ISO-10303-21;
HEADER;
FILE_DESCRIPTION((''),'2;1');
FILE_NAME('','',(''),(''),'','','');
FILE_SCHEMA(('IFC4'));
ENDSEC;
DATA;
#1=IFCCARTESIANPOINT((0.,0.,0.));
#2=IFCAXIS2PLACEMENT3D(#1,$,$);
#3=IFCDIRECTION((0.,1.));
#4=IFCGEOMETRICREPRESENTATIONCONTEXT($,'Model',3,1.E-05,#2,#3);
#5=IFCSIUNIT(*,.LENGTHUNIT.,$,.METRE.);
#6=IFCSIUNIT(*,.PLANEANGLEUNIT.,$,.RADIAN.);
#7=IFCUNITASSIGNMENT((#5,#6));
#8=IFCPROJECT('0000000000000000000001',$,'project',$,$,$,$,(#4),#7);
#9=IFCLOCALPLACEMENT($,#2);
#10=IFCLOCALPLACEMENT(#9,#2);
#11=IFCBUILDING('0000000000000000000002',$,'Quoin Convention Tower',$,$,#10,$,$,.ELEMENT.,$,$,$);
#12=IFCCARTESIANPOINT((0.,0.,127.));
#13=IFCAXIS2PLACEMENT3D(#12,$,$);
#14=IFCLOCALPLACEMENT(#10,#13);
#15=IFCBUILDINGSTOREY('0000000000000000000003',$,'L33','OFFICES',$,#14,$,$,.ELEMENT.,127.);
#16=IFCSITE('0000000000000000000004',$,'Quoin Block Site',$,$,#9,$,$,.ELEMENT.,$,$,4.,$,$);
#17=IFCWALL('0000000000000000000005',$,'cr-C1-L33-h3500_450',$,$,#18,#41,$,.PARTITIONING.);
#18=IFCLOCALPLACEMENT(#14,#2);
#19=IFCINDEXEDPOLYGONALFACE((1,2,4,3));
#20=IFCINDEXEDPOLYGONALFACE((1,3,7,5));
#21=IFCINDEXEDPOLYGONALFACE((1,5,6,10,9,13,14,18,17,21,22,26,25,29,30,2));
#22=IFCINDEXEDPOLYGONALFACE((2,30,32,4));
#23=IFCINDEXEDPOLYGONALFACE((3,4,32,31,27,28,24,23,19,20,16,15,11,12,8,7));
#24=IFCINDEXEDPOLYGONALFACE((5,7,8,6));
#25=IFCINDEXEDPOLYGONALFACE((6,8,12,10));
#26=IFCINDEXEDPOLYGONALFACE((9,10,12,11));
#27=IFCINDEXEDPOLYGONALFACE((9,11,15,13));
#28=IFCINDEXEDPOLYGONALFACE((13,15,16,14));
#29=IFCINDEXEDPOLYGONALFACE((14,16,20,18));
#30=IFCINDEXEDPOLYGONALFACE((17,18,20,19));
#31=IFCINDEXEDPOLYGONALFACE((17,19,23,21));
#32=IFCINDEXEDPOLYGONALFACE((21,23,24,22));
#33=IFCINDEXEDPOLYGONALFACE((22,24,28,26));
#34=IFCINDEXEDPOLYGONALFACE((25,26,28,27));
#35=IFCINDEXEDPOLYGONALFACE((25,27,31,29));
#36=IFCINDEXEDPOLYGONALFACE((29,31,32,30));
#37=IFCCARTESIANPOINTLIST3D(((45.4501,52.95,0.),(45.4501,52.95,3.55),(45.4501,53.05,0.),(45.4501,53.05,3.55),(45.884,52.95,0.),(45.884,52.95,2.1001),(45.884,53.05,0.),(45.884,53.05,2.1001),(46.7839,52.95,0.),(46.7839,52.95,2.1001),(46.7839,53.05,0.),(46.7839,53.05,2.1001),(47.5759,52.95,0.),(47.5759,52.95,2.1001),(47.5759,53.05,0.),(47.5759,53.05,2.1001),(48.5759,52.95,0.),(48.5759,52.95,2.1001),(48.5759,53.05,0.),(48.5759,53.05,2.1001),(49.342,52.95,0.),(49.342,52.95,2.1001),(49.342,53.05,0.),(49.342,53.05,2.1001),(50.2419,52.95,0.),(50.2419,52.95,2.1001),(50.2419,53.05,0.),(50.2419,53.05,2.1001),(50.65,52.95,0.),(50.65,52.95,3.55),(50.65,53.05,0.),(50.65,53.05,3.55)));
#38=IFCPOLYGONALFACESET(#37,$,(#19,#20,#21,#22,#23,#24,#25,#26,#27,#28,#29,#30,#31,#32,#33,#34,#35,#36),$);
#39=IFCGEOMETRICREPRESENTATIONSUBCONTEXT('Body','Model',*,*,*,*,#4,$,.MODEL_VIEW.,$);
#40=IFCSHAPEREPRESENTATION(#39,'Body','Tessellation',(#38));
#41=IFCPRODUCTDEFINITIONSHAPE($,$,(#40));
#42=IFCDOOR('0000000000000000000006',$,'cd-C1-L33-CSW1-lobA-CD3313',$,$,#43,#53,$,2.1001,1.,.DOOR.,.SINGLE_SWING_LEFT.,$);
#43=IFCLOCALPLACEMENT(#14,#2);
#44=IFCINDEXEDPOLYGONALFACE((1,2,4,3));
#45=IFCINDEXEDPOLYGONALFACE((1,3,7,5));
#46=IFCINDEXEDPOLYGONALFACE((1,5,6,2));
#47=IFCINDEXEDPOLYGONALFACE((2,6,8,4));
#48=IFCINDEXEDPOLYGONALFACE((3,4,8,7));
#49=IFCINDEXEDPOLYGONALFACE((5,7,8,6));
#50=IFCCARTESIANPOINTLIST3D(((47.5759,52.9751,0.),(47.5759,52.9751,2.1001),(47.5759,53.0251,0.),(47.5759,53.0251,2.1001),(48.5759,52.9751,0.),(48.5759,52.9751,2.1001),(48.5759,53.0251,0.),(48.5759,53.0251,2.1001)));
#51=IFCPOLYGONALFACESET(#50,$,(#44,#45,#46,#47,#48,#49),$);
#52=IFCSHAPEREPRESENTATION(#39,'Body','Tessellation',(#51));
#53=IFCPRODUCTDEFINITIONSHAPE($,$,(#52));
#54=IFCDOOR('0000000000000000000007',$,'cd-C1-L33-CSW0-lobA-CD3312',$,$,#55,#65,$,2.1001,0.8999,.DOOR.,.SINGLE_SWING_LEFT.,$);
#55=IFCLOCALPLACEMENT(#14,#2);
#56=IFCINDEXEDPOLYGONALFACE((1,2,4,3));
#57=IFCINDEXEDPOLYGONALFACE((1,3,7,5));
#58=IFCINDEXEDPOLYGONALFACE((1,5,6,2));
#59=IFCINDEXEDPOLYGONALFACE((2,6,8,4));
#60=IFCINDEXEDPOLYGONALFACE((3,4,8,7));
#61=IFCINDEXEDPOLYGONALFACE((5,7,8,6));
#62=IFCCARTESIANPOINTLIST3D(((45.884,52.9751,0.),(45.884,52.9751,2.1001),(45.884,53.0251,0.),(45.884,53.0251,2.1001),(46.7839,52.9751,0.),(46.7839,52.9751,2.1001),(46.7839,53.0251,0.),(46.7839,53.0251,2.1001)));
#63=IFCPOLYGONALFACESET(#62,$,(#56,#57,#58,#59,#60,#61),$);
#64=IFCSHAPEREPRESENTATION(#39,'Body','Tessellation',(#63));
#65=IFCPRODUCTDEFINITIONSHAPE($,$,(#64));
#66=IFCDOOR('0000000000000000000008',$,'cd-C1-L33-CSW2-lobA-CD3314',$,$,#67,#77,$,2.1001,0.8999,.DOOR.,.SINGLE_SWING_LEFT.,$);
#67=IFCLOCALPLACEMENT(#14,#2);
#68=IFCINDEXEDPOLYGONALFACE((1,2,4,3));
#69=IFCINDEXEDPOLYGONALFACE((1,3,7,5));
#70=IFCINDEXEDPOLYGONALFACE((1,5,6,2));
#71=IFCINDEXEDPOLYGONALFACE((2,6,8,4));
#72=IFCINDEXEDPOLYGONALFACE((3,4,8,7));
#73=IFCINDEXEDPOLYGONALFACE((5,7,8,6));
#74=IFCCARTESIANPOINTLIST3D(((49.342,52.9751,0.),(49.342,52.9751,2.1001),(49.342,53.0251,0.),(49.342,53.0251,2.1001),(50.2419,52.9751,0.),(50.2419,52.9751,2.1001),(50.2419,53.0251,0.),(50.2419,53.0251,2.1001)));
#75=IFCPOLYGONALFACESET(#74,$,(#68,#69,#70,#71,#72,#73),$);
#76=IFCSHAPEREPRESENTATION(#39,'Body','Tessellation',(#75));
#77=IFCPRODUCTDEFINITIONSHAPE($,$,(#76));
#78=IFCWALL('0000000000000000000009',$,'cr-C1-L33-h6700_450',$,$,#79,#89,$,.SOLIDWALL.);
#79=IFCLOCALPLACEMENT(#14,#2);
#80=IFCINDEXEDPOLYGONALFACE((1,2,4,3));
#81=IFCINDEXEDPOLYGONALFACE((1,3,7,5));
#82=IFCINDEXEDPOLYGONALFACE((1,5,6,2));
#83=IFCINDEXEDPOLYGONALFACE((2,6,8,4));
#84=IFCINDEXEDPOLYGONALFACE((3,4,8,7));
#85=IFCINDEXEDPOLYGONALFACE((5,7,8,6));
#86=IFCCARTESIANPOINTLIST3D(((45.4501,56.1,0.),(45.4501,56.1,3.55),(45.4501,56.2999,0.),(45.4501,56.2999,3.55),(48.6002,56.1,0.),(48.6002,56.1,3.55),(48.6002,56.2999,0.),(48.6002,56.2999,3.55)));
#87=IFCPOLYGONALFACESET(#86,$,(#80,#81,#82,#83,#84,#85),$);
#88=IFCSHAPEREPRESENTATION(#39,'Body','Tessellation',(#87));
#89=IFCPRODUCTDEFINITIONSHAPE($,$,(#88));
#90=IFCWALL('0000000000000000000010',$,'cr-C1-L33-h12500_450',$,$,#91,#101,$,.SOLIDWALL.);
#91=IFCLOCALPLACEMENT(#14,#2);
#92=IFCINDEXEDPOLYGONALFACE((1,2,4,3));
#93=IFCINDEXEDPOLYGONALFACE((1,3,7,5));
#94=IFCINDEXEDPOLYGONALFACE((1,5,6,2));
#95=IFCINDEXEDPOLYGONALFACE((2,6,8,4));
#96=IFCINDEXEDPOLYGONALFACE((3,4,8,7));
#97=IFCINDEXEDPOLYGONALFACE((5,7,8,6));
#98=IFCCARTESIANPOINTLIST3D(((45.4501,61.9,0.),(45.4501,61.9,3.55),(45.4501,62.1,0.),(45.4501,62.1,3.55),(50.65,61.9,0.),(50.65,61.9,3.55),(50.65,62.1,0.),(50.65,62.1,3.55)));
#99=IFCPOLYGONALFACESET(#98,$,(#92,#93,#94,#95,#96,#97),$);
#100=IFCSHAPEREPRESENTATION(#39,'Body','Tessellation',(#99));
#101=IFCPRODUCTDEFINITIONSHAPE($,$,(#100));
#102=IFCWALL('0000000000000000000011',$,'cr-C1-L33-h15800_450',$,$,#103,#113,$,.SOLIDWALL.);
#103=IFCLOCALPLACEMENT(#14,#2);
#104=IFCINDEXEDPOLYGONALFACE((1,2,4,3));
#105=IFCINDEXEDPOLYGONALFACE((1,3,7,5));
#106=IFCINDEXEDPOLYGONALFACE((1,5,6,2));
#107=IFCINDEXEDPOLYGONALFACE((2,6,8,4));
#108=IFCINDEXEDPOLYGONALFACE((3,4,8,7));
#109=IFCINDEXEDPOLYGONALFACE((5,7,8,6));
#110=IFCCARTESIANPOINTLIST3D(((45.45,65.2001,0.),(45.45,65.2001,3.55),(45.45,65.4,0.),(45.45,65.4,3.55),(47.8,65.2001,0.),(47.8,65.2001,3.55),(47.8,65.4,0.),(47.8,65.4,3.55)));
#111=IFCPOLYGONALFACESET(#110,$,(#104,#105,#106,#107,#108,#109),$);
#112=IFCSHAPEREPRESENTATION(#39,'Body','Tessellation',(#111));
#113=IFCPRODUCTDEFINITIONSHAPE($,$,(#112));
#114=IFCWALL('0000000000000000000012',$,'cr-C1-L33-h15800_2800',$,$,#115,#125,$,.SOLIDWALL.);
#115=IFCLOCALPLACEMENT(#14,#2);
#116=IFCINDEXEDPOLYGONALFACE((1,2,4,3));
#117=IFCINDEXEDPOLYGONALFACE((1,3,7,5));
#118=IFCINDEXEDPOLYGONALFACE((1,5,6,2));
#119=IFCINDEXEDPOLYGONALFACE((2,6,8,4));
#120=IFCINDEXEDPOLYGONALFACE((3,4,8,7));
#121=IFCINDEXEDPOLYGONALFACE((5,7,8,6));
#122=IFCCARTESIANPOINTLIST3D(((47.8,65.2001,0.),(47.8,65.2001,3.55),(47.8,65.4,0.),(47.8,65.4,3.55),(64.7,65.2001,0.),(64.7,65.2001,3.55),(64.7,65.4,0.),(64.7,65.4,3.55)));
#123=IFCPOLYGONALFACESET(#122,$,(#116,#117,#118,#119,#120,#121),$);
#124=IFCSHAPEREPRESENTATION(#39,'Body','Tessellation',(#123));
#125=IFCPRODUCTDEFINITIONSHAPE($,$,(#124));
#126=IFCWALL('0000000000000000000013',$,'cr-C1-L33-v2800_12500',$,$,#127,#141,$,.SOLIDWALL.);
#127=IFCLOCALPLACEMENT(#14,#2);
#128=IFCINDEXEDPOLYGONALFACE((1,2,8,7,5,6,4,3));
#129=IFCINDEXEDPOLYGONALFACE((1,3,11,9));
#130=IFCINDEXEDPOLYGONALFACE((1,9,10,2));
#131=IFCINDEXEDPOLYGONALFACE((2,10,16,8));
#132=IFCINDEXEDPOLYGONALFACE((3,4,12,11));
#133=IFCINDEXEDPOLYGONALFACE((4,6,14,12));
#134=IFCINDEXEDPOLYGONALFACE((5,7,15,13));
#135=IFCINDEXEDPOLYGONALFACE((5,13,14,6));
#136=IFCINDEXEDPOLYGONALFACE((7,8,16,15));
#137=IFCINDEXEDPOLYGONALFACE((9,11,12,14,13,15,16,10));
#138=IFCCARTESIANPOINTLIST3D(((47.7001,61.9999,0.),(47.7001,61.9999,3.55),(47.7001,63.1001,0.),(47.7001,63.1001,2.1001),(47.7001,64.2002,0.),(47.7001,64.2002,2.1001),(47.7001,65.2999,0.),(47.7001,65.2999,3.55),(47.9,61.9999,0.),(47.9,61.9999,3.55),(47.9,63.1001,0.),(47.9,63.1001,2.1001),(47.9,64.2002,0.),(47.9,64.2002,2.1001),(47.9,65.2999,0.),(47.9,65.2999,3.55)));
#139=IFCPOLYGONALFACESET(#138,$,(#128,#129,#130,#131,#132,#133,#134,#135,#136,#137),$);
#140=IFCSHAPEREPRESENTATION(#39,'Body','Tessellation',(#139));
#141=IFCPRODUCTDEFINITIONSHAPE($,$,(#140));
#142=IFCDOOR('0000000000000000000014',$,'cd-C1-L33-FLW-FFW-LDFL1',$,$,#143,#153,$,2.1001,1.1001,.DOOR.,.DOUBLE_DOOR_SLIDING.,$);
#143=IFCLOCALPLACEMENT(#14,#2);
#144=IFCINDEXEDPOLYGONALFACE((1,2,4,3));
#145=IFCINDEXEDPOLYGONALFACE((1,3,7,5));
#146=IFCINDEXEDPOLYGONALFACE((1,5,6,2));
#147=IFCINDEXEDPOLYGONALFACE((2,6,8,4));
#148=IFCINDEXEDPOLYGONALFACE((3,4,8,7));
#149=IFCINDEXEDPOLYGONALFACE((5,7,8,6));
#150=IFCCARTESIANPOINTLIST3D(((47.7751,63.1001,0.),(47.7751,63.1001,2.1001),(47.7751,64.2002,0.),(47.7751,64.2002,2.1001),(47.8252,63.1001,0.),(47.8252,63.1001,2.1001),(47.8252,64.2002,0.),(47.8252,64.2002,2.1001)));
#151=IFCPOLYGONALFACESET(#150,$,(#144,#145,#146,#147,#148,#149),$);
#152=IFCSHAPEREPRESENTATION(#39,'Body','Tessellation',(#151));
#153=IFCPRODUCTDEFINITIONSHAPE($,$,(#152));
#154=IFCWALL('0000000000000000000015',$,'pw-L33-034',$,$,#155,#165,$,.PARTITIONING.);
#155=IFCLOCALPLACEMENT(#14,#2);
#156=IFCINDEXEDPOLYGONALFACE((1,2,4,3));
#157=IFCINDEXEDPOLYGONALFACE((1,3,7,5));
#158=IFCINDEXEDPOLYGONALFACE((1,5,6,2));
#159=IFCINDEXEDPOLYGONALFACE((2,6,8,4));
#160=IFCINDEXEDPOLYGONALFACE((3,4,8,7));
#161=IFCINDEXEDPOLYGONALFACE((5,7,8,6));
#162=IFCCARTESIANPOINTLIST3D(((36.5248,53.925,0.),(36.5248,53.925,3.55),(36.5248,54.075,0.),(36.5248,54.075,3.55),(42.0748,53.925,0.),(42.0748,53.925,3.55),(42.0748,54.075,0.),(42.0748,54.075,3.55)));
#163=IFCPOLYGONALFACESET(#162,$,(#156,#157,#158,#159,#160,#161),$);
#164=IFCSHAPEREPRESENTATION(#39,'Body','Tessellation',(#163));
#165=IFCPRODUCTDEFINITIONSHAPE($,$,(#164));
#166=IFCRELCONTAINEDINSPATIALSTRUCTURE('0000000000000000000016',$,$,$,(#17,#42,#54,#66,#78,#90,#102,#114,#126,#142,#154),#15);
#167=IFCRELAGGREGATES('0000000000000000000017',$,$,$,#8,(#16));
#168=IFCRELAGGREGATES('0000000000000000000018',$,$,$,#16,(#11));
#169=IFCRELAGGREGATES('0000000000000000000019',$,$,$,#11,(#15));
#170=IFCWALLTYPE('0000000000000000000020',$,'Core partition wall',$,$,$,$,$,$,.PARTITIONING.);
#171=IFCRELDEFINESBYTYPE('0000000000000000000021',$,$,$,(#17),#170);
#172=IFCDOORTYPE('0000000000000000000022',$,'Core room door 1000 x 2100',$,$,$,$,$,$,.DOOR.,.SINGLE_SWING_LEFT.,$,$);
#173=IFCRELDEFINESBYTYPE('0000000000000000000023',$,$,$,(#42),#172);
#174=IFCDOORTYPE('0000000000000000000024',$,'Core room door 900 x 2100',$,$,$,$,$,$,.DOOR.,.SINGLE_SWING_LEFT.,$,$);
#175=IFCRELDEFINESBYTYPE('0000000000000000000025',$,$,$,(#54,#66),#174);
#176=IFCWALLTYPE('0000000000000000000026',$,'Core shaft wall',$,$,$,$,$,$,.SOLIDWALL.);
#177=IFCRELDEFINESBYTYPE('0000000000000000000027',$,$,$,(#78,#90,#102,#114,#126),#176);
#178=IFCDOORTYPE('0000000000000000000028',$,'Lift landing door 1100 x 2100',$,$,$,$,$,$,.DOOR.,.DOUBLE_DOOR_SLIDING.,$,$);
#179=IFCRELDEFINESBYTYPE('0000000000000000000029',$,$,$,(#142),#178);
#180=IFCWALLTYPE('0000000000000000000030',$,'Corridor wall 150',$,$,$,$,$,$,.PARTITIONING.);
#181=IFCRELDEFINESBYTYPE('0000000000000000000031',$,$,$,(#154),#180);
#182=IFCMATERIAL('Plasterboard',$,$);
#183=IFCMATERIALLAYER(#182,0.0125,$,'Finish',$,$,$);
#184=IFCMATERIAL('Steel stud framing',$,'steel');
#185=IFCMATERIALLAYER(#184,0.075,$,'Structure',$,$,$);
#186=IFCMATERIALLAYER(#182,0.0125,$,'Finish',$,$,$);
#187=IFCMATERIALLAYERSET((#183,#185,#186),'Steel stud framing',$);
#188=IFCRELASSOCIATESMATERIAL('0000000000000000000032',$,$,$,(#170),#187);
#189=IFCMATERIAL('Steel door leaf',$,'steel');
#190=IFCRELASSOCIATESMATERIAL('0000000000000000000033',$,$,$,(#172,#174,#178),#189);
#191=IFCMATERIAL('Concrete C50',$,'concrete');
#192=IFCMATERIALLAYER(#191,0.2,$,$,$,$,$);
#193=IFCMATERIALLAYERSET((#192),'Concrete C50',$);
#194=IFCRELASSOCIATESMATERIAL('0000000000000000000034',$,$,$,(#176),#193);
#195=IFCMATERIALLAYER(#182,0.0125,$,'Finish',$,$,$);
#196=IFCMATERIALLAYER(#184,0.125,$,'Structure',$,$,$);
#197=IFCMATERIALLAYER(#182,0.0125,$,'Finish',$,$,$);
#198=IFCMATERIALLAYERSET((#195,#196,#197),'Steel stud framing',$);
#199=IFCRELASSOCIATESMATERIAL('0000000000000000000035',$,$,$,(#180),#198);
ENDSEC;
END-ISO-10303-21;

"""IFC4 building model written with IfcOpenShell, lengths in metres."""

from ifc_helpers import new_model, si_unit, direction, frame, frame_2d, origin, place, context, subcontext, project, spatial, rectangle, extrude, material, layer, layer_set, type_object, element, fill, save


model = new_model("IFC4")

# Units and contexts
model_context = context("Model", 3, precision=1e-05, world=origin(), true_north=direction((0.0, 1.0)))
body_context = subcontext(model_context, "Body", "Model", "MODEL_VIEW")
ifc_project = project(units=[si_unit("LENGTHUNIT", "METRE"), si_unit("PLANEANGLEUNIT", "RADIAN")], contexts=[model_context])

# Site, building, storey
site_placement = place(None, origin())
site = spatial("IfcSite", under=ifc_project, at=site_placement, Name="Quoin Block Site", CompositionType="ELEMENT", RefElevation=4.0)
building_placement = place(site_placement, origin())
building = spatial("IfcBuilding", under=site, at=building_placement, Name="Quoin Convention Tower", CompositionType="ELEMENT")
storey_placement = place(building_placement, frame((0.0, 0.0, 127.0)))
storey = spatial("IfcBuildingStorey", under=building, at=storey_placement, Name="L33", Description="OFFICES", CompositionType="ELEMENT", Elevation=127.0)

# Shared definitions
ifc_material_1 = material(Name="Plasterboard")
ifc_material_2 = material(Name="Steel stud framing", Category="steel")

# Wall, openings, doors
ifc_layer_1 = layer(ifc_material_1, 0.0125, Name="Finish")
ifc_layer_2 = layer(ifc_material_2, 0.075, Name="Structure")
ifc_layer_3 = layer(ifc_material_1, 0.0125, Name="Finish")
ifc_layer_set_1 = layer_set([ifc_layer_1, ifc_layer_2, ifc_layer_3], Name="Steel stud framing")
wall_type_1 = type_object("IfcWallType", Name="Core partition wall", PredefinedType="PARTITIONING", material=ifc_layer_set_1)
wall_1_placement = place(storey_placement, frame((45.45, 53.0, 0.0), z_axis=(0.0, 0.0, 1.0), x_axis=(1.0, 0.0, 0.0)))
wall_1 = element("IfcWall", 1, at=wall_1_placement, inside=storey, type_object=wall_type_1, Name="cr-C1-L33-h3500_450", PredefinedType="PARTITIONING", context=body_context, shape_type="SweptSolid", body=[
    extrude(rectangle(XDim=5.2, YDim=0.1001, at=frame_2d((2.6001, 0.0))), origin(), (0.0, 0.0, 1.0), 3.55),
])
opening_1_placement = place(wall_1_placement, frame((0.4341, 0.0, 0.0)))
opening_1 = element("IfcOpeningElement", 2, at=opening_1_placement, cuts=wall_1, PredefinedType="OPENING", context=body_context, shape_type="SweptSolid", body=[
    extrude(rectangle(XDim=0.8999, YDim=2.1001, at=frame_2d((0.45, 1.05))), frame((0.0, 0.0601, 0.0), z_axis=(0.0, -1.0, 0.0), x_axis=(1.0, 0.0, 0.0)), (0.0, 0.0, 1.0), 0.1201),
])
opening_2_placement = place(wall_1_placement, frame((2.126, 0.0, 0.0)))
opening_2 = element("IfcOpeningElement", 3, at=opening_2_placement, cuts=wall_1, PredefinedType="OPENING", context=body_context, shape_type="SweptSolid", body=[
    extrude(rectangle(XDim=1.0, YDim=2.1001, at=frame_2d((0.5, 1.05))), frame((0.0, 0.0601, 0.0), z_axis=(0.0, -1.0, 0.0), x_axis=(1.0, 0.0, 0.0)), (0.0, 0.0, 1.0), 0.1201),
])
opening_3_placement = place(wall_1_placement, frame((3.8921, 0.0, 0.0)))
opening_3 = element("IfcOpeningElement", 4, at=opening_3_placement, cuts=wall_1, PredefinedType="OPENING", context=body_context, shape_type="SweptSolid", body=[
    extrude(rectangle(XDim=0.8999, YDim=2.1001, at=frame_2d((0.45, 1.05))), frame((0.0, 0.0601, 0.0), z_axis=(0.0, -1.0, 0.0), x_axis=(1.0, 0.0, 0.0)), (0.0, 0.0, 1.0), 0.1201),
])
ifc_material_3 = material(Name="Steel door leaf", Category="steel")
door_type_1 = type_object("IfcDoorType", Name="Core room door 1000 x 2100", OperationType="SINGLE_SWING_LEFT", PredefinedType="DOOR", material=ifc_material_3)
door_1_placement = place(opening_2_placement, frame((1.0, 0.0, 0.0), z_axis=(0.0, 0.0, 1.0), x_axis=(-1.0, 0.0, 0.0)))
door_1 = element("IfcDoor", 5, at=door_1_placement, inside=storey, type_object=door_type_1, Name="cd-C1-L33-CSW1-lobA-CD3313", OperationType="SINGLE_SWING_LEFT", OverallHeight=2.1001, OverallWidth=1.0, PredefinedType="DOOR", context=body_context, shape_type="SweptSolid", body=[
    extrude(rectangle(XDim=1.0, YDim=2.1001, at=frame_2d((0.5, 1.05))), frame((0.0, 0.0249, 0.0), z_axis=(0.0, -1.0, 0.0), x_axis=(1.0, 0.0, 0.0)), (0.0, 0.0, 1.0), 0.05),
])
fill(opening_2, door_1)
door_type_2 = type_object("IfcDoorType", Name="Core room door 900 x 2100", OperationType="SINGLE_SWING_LEFT", PredefinedType="DOOR", material=ifc_material_3)
door_2_placement = place(opening_1_placement, frame((0.8999, 0.0, 0.0), z_axis=(0.0, 0.0, 1.0), x_axis=(-1.0, 0.0, 0.0)))
door_2 = element("IfcDoor", 6, at=door_2_placement, inside=storey, type_object=door_type_2, Name="cd-C1-L33-CSW0-lobA-CD3312", OperationType="SINGLE_SWING_LEFT", OverallHeight=2.1001, OverallWidth=0.8999, PredefinedType="DOOR", context=body_context, shape_type="SweptSolid", body=[
    extrude(rectangle(XDim=0.8999, YDim=2.1001, at=frame_2d((0.45, 1.05))), frame((0.0, 0.0249, 0.0), z_axis=(0.0, -1.0, 0.0), x_axis=(1.0, 0.0, 0.0)), (0.0, 0.0, 1.0), 0.05),
])
fill(opening_1, door_2)
door_3_placement = place(opening_3_placement, frame((0.8999, 0.0, 0.0), z_axis=(0.0, 0.0, 1.0), x_axis=(-1.0, 0.0, 0.0)))
door_3 = element("IfcDoor", 7, at=door_3_placement, inside=storey, type_object=door_type_2, Name="cd-C1-L33-CSW2-lobA-CD3314", OperationType="SINGLE_SWING_LEFT", OverallHeight=2.1001, OverallWidth=0.8999, PredefinedType="DOOR", context=body_context, shape_type="SweptSolid", body=[
    extrude(rectangle(XDim=0.8999, YDim=2.1001, at=frame_2d((0.45, 1.05))), frame((0.0, 0.0249, 0.0), z_axis=(0.0, -1.0, 0.0), x_axis=(1.0, 0.0, 0.0)), (0.0, 0.0, 1.0), 0.05),
])
fill(opening_3, door_3)

# Walls
ifc_material_4 = material(Name="Concrete C50", Category="concrete")
ifc_layer_4 = layer(ifc_material_4, 0.2)
ifc_layer_set_2 = layer_set([ifc_layer_4], Name="Concrete C50")
wall_type_2 = type_object("IfcWallType", Name="Core shaft wall", PredefinedType="SOLIDWALL", material=ifc_layer_set_2)
wall_2_placement = place(storey_placement, frame((45.45, 56.2, 0.0), z_axis=(0.0, 0.0, 1.0), x_axis=(1.0, 0.0, 0.0)))
element("IfcWall", 8, at=wall_2_placement, inside=storey, type_object=wall_type_2, Name="cr-C1-L33-h6700_450", PredefinedType="SOLIDWALL", context=body_context, shape_type="SweptSolid", body=[
    extrude(rectangle(XDim=3.1501, YDim=0.2, at=frame_2d((1.5752, 0.0))), origin(), (0.0, 0.0, 1.0), 3.55),
])
wall_3_placement = place(storey_placement, frame((45.45, 62.0, 0.0), z_axis=(0.0, 0.0, 1.0), x_axis=(1.0, 0.0, 0.0)))
element("IfcWall", 9, at=wall_3_placement, inside=storey, type_object=wall_type_2, Name="cr-C1-L33-h12500_450", PredefinedType="SOLIDWALL", context=body_context, shape_type="SweptSolid", body=[
    extrude(rectangle(XDim=5.2, YDim=0.2, at=frame_2d((2.6001, 0.0))), origin(), (0.0, 0.0, 1.0), 3.55),
])
wall_4_placement = place(storey_placement, frame((45.45, 65.3, 0.0), z_axis=(0.0, 0.0, 1.0), x_axis=(1.0, 0.0, 0.0)))
element("IfcWall", 10, at=wall_4_placement, inside=storey, type_object=wall_type_2, Name="cr-C1-L33-h15800_450", PredefinedType="SOLIDWALL", context=body_context, shape_type="SweptSolid", body=[
    extrude(rectangle(XDim=2.3501, YDim=0.2, at=frame_2d((1.175, 0.0))), origin(), (0.0, 0.0, 1.0), 3.55),
])
wall_5_placement = place(storey_placement, frame((47.8, 65.3, 0.0), z_axis=(0.0, 0.0, 1.0), x_axis=(1.0, 0.0, 0.0)))
element("IfcWall", 11, at=wall_5_placement, inside=storey, type_object=wall_type_2, Name="cr-C1-L33-h15800_2800", PredefinedType="SOLIDWALL", context=body_context, shape_type="SweptSolid", body=[
    extrude(rectangle(XDim=16.8999, YDim=0.2, at=frame_2d((8.45, 0.0))), origin(), (0.0, 0.0, 1.0), 3.55),
])

# Wall, opening, door
wall_6_placement = place(storey_placement, frame((47.8, 62.0, 0.0), z_axis=(0.0, 0.0, 1.0), x_axis=(0.0, 1.0, 0.0)))
wall_6 = element("IfcWall", 12, at=wall_6_placement, inside=storey, type_object=wall_type_2, Name="cr-C1-L33-v2800_12500", PredefinedType="SOLIDWALL", context=body_context, shape_type="SweptSolid", body=[
    extrude(rectangle(XDim=3.3, YDim=0.2, at=frame_2d((1.6499, 0.0))), origin(), (0.0, 0.0, 1.0), 3.55),
])
opening_4_placement = place(wall_6_placement, frame((1.1001, 0.0, 0.0)))
opening_4 = element("IfcOpeningElement", 13, at=opening_4_placement, cuts=wall_6, PredefinedType="OPENING", context=body_context, shape_type="SweptSolid", body=[
    extrude(rectangle(XDim=1.1001, YDim=2.1001, at=frame_2d((0.55, 1.05))), frame((0.0, 0.1099, 0.0), z_axis=(0.0, -1.0, 0.0), x_axis=(1.0, 0.0, 0.0)), (0.0, 0.0, 1.0), 0.22),
])
door_type_3 = type_object("IfcDoorType", Name="Lift landing door 1100 x 2100", OperationType="DOUBLE_DOOR_SLIDING", PredefinedType="DOOR", material=ifc_material_3)
door_4_placement = place(opening_4_placement, origin())
door_4 = element("IfcDoor", 14, at=door_4_placement, inside=storey, type_object=door_type_3, Name="cd-C1-L33-FLW-FFW-LDFL1", OperationType="DOUBLE_DOOR_SLIDING", OverallHeight=2.1001, OverallWidth=1.1001, PredefinedType="DOOR", context=body_context, shape_type="SweptSolid", body=[
    extrude(rectangle(XDim=1.1001, YDim=2.1001, at=frame_2d((0.55, 1.05))), frame((0.0, 0.0249, 0.0), z_axis=(0.0, -1.0, 0.0), x_axis=(1.0, 0.0, 0.0)), (0.0, 0.0, 1.0), 0.05),
])
fill(opening_4, door_4)

# Wall
ifc_layer_5 = layer(ifc_material_1, 0.0125, Name="Finish")
ifc_layer_6 = layer(ifc_material_2, 0.125, Name="Structure")
ifc_layer_7 = layer(ifc_material_1, 0.0125, Name="Finish")
ifc_layer_set_3 = layer_set([ifc_layer_5, ifc_layer_6, ifc_layer_7], Name="Steel stud framing")
wall_type_3 = type_object("IfcWallType", Name="Corridor wall 150", PredefinedType="PARTITIONING", material=ifc_layer_set_3)
wall_7_placement = place(storey_placement, frame((36.5249, 54.0, 0.0), z_axis=(0.0, 0.0, 1.0), x_axis=(1.0, 0.0, 0.0)))
element("IfcWall", 15, at=wall_7_placement, inside=storey, type_object=wall_type_3, Name="pw-L33-034", PredefinedType="PARTITIONING", context=body_context, shape_type="SweptSolid", body=[
    extrude(rectangle(XDim=5.55, YDim=0.1499, at=frame_2d((2.7749, 0.0))), origin(), (0.0, 0.0, 1.0), 3.55),
])

save(model, "model.ifc")
